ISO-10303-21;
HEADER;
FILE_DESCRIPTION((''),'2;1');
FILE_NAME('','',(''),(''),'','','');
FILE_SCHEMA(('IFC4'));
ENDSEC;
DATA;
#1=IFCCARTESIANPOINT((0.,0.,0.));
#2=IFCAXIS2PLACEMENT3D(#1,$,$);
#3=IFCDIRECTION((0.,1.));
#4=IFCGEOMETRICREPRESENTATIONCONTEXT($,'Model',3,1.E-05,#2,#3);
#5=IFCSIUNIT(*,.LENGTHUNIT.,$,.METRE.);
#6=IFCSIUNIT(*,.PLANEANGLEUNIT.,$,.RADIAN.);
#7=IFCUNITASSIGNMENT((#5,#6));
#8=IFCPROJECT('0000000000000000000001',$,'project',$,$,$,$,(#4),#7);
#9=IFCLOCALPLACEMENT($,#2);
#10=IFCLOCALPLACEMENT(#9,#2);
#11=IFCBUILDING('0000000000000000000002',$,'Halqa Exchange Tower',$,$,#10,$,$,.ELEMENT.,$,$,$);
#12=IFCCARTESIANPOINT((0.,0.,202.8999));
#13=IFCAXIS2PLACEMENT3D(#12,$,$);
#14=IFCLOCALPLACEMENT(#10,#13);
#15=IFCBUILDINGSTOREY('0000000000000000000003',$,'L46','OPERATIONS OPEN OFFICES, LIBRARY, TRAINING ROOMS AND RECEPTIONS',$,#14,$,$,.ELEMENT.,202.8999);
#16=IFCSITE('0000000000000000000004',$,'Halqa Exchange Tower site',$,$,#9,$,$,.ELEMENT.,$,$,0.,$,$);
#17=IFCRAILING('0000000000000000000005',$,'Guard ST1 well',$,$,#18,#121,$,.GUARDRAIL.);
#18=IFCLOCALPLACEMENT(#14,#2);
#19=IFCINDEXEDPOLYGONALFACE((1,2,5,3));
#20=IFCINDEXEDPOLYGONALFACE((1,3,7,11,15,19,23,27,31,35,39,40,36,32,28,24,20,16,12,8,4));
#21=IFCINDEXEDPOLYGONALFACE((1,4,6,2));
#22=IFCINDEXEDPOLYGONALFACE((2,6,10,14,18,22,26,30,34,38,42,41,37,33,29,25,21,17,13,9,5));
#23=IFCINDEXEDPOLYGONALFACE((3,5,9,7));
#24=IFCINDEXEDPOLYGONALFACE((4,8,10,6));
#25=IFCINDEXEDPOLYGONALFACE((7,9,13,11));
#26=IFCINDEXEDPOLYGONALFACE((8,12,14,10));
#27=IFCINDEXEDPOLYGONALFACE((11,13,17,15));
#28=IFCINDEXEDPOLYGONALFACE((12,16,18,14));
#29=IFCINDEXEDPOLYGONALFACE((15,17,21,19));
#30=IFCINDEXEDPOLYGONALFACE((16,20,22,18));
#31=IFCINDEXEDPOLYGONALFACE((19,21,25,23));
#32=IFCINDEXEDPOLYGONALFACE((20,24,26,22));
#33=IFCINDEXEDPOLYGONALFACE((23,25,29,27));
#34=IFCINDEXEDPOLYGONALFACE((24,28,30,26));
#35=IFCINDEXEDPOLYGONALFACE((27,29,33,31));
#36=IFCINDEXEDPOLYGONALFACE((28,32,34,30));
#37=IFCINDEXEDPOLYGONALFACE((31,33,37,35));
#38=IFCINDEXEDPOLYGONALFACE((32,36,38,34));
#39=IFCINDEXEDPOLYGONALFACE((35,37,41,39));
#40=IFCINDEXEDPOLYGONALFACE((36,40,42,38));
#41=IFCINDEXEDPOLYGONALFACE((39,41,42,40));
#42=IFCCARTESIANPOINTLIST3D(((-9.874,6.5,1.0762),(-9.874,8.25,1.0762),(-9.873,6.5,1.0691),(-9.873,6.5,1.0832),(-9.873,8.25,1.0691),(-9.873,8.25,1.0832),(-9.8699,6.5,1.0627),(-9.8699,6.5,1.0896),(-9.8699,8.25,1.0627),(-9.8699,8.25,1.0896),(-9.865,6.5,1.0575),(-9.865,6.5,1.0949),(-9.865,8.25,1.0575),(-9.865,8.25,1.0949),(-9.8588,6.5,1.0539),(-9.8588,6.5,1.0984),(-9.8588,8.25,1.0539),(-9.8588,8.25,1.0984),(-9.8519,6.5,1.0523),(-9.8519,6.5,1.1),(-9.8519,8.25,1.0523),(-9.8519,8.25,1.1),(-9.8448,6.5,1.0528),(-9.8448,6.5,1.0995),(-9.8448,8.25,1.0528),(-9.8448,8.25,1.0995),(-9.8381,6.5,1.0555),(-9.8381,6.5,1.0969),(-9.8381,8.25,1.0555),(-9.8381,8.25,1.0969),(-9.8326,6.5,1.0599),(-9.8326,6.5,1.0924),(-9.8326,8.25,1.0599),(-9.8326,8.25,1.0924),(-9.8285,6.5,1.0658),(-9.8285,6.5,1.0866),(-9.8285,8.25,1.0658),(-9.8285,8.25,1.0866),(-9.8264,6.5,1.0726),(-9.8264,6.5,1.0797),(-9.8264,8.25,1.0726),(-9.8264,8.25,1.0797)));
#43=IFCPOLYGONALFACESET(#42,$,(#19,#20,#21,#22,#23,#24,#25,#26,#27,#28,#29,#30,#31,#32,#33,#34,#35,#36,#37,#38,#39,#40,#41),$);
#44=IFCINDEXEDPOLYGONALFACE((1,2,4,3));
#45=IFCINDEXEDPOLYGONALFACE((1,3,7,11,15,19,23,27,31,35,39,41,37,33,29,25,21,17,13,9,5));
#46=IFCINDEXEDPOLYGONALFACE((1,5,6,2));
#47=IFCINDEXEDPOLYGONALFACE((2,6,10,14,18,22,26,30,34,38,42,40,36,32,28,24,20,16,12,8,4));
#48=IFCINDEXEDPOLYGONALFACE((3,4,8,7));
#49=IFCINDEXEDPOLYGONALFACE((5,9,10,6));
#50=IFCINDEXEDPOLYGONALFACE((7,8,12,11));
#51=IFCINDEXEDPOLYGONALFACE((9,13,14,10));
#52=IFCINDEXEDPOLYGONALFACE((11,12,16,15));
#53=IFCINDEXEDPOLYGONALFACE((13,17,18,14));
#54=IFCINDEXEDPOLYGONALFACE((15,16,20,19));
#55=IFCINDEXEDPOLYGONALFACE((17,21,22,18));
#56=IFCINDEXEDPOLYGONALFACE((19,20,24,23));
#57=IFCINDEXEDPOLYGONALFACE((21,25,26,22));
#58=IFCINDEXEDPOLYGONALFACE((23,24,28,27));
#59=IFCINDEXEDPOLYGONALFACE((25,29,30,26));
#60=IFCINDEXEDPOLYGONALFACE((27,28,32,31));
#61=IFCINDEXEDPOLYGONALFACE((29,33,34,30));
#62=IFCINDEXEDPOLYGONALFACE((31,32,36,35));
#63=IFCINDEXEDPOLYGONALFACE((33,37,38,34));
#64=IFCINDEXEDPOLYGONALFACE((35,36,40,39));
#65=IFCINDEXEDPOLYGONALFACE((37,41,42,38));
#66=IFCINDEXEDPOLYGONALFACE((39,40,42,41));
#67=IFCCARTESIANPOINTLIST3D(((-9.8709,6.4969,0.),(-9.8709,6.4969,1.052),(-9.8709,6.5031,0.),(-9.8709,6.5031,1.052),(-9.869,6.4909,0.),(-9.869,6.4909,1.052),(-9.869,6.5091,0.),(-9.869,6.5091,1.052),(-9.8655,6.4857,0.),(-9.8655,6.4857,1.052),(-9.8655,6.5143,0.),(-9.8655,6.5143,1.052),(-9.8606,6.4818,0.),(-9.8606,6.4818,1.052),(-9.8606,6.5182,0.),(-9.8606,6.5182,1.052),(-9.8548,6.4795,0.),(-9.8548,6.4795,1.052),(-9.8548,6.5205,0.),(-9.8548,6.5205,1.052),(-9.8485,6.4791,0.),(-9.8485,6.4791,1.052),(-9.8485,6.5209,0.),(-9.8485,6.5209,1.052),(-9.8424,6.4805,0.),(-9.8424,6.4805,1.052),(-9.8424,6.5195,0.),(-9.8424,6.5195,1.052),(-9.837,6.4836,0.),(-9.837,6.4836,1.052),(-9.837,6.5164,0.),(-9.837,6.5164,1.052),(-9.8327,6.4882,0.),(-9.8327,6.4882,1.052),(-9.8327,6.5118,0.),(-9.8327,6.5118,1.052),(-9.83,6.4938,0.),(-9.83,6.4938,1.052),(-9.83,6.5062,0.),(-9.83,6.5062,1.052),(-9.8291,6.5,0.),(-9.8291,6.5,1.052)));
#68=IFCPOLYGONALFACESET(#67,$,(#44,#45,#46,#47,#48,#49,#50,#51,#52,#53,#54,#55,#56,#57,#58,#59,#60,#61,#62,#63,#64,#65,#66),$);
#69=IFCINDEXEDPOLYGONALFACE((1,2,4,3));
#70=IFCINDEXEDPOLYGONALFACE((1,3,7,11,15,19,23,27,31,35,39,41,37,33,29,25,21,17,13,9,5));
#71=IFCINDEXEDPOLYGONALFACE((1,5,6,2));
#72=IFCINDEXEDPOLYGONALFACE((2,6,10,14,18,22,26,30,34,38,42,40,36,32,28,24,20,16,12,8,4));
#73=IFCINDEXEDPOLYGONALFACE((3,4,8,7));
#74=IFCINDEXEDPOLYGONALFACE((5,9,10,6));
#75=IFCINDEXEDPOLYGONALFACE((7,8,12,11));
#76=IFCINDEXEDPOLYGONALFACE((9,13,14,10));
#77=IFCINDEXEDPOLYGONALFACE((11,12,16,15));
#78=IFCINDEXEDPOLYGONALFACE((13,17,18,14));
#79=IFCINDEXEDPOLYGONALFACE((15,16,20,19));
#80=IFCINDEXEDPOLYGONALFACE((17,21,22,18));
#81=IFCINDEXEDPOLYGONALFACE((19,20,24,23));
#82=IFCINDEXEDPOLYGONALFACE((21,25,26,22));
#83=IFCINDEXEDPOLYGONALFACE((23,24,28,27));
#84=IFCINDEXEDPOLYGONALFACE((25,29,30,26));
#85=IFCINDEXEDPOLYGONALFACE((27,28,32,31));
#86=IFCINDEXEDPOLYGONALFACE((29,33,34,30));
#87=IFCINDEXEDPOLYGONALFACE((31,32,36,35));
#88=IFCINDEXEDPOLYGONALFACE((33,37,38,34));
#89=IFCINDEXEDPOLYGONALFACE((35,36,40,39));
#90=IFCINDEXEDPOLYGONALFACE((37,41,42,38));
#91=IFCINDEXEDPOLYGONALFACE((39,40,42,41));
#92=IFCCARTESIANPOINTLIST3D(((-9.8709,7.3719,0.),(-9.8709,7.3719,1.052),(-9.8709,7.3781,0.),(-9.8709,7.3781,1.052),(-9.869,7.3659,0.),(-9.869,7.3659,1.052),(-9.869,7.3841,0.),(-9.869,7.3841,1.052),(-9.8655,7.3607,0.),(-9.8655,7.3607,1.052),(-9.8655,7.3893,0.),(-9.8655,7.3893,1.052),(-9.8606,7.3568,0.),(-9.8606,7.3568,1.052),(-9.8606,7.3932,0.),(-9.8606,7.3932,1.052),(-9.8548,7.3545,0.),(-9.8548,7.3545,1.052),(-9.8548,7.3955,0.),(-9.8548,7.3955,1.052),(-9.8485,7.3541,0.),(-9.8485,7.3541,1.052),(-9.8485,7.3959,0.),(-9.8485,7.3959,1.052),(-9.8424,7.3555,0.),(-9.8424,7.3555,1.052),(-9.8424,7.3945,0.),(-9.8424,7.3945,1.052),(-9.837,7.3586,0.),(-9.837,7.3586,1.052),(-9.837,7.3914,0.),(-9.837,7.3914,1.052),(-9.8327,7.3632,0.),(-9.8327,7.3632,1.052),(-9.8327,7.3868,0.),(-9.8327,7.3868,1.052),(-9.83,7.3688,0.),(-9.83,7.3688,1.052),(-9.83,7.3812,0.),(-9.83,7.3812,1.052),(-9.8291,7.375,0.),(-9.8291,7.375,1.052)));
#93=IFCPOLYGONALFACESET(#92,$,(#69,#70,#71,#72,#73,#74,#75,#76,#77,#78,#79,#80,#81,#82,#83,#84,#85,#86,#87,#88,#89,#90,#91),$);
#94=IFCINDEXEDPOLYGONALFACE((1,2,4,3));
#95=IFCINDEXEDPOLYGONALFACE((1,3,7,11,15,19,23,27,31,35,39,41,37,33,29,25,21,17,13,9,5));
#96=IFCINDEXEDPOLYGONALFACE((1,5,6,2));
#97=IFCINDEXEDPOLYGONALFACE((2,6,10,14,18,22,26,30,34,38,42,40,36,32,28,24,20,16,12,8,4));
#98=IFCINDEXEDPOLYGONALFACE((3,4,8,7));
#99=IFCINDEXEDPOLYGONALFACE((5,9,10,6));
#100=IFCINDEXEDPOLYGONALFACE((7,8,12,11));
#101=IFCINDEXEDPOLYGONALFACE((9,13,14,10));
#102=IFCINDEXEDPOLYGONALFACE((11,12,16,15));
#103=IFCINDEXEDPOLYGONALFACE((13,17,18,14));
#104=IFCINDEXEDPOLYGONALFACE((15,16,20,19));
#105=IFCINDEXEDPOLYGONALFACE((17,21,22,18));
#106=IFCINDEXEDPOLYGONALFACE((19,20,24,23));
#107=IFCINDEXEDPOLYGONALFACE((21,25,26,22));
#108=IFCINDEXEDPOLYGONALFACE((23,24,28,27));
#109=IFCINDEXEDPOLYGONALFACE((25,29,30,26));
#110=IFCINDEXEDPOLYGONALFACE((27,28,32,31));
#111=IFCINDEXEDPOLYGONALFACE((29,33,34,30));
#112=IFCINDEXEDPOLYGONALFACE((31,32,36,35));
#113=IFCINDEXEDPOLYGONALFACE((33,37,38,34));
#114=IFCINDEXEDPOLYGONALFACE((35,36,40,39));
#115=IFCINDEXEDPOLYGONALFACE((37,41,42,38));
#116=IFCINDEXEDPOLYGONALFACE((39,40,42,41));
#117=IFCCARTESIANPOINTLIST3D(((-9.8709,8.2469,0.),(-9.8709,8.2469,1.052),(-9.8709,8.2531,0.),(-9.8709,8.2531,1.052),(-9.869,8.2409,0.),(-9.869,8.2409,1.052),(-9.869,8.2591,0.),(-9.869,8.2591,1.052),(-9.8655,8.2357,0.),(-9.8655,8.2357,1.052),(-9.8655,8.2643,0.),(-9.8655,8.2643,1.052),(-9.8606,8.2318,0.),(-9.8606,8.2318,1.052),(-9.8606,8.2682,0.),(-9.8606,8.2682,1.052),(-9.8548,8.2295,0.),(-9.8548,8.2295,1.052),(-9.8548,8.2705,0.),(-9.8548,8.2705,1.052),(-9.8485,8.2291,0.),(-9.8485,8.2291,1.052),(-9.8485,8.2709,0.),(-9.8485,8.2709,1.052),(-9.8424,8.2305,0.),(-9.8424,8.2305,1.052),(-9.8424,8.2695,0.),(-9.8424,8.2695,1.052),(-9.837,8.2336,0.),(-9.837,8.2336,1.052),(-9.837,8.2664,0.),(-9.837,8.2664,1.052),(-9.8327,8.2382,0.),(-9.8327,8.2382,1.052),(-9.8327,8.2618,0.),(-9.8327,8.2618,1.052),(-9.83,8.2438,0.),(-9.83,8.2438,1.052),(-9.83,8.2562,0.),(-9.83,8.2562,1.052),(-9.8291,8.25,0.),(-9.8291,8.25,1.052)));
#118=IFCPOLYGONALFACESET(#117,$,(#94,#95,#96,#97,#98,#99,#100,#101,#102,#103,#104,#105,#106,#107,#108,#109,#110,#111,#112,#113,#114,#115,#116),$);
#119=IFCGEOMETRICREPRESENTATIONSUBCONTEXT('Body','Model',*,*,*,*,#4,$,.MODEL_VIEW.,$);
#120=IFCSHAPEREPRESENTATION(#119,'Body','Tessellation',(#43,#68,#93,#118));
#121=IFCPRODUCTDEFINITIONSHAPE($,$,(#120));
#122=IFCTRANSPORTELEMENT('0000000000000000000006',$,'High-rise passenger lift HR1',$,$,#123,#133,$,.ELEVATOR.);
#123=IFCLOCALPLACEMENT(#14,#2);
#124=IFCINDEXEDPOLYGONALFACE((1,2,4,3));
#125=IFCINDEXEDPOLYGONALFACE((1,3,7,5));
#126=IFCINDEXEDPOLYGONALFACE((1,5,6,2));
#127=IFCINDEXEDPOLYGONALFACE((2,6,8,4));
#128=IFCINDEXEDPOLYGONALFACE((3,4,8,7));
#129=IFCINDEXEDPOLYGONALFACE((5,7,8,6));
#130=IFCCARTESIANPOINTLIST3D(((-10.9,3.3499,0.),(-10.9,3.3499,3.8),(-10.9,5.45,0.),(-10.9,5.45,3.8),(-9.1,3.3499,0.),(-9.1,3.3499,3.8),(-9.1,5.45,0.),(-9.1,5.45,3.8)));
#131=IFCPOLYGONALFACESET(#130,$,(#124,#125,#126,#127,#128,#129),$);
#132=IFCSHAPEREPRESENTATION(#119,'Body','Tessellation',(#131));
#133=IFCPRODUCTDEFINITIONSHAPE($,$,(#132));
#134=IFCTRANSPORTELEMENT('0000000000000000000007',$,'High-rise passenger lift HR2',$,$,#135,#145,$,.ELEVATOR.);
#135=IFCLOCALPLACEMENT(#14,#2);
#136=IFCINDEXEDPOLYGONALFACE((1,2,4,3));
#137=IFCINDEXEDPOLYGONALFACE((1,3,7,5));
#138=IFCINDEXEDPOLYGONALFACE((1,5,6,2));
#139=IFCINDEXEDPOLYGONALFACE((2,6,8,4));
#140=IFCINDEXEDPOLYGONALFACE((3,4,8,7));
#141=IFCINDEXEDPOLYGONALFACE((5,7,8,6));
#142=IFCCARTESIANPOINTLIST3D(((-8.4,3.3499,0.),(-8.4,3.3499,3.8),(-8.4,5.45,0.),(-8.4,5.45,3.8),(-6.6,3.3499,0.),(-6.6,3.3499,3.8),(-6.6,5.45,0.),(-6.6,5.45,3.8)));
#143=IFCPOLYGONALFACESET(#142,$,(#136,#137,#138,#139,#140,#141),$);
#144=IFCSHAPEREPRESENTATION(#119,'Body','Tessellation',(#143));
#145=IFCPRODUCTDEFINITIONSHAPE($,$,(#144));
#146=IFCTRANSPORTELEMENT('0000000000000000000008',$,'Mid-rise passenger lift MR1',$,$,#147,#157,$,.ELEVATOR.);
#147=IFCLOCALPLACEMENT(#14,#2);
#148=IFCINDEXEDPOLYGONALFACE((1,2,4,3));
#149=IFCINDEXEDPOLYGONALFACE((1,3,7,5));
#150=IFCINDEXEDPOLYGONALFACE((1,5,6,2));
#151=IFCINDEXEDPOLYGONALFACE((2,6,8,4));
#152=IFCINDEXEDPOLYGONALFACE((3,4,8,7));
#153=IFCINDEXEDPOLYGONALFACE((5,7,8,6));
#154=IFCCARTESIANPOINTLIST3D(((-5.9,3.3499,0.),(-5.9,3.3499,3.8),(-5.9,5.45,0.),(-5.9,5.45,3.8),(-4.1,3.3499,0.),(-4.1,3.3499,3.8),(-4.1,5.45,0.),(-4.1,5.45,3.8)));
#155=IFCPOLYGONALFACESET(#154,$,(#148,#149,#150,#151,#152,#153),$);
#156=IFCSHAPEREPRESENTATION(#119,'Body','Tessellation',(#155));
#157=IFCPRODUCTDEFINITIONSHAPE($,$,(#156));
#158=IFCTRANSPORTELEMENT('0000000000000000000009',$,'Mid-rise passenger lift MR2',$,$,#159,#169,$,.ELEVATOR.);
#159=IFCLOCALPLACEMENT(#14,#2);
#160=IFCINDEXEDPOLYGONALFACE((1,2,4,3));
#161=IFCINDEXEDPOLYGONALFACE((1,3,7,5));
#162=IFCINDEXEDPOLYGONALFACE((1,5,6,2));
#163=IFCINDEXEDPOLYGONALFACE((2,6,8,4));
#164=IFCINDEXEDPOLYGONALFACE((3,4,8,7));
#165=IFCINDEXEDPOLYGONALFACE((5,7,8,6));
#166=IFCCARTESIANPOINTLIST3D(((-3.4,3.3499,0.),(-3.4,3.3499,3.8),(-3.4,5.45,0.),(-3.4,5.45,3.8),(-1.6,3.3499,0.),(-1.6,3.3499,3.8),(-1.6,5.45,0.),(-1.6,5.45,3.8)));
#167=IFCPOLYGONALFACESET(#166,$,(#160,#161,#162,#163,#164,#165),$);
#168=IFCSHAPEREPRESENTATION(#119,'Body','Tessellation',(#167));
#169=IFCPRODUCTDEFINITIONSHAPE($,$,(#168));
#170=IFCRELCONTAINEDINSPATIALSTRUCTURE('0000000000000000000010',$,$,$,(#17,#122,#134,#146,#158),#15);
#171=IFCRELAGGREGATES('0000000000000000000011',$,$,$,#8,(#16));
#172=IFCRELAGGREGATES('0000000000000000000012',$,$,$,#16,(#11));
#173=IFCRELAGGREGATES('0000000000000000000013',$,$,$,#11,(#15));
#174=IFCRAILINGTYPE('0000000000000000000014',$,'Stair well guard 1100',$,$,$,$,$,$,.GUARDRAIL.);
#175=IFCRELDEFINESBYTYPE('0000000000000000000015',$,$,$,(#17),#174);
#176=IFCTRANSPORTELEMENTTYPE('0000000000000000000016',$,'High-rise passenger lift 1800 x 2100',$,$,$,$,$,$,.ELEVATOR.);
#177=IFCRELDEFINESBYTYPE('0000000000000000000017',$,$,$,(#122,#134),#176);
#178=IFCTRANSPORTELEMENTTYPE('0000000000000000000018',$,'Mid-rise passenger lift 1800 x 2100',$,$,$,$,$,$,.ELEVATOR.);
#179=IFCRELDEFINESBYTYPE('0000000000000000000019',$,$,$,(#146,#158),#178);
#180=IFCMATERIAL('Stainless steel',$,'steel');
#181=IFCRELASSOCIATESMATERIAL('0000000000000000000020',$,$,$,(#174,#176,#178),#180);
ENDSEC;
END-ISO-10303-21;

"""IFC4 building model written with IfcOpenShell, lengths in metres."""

from ifc_helpers import new_model, si_unit, direction, frame, origin, origin_2d, place, context, subcontext, project, spatial, rectangle, circle, extrude, material, type_object, element, save


model = new_model("IFC4")

# Units and contexts
model_context = context("Model", 3, precision=1e-05, world=origin(), true_north=direction((0.0, 1.0)))
body_context = subcontext(model_context, "Body", "Model", "MODEL_VIEW")
ifc_project = project(units=[si_unit("LENGTHUNIT", "METRE"), si_unit("PLANEANGLEUNIT", "RADIAN")], contexts=[model_context])

# Site, building, storey
site_placement = place(None, origin())
site = spatial("IfcSite", under=ifc_project, at=site_placement, Name="Halqa Exchange Tower site", CompositionType="ELEMENT", RefElevation=0.0)
building_placement = place(site_placement, origin())
building = spatial("IfcBuilding", under=site, at=building_placement, Name="Halqa Exchange Tower", CompositionType="ELEMENT")
storey_placement = place(building_placement, frame((0.0, 0.0, 202.8999)))
storey = spatial("IfcBuildingStorey", under=building, at=storey_placement, Name="L46", Description="OPERATIONS OPEN OFFICES, LIBRARY, TRAINING ROOMS AND RECEPTIONS", CompositionType="ELEMENT", Elevation=202.8999)

# Shared definitions
ifc_material_1 = material(Name="Stainless steel", Category="steel")

# Railing
railing_type_1 = type_object("IfcRailingType", Name="Stair well guard 1100", PredefinedType="GUARDRAIL", material=ifc_material_1)
railing_1_placement = place(storey_placement, frame((-9.8501, 6.5, 0.0)))
element("IfcRailing", 1, at=railing_1_placement, inside=storey, type_object=railing_type_1, Name="Guard ST1 well", PredefinedType="GUARDRAIL", context=body_context, shape_type="SweptSolid", body=[
    extrude(circle(Radius=0.0239, at=origin_2d()), frame((0.0, 0.0, 1.0762), z_axis=(0.0, 1.0, 0.0), x_axis=(-1.0, 0.0, 0.0)), (0.0, 0.0, 1.0), 1.75),
    extrude(circle(Radius=0.021, at=origin_2d()), origin(), (0.0, 0.0, 1.0), 1.052),
    extrude(circle(Radius=0.021, at=origin_2d()), frame((0.0, 0.875, 0.0)), (0.0, 0.0, 1.0), 1.052),
    extrude(circle(Radius=0.021, at=origin_2d()), frame((0.0, 1.75, 0.0)), (0.0, 0.0, 1.0), 1.052),
])

# Transport elements
transport_element_type_1 = type_object("IfcTransportElementType", Name="High-rise passenger lift 1800 x 2100", PredefinedType="ELEVATOR", material=ifc_material_1)
for number, where, z_axis, x_axis, name in (
    (2, (-10.0, 4.3999, 0.0), (0.0, 0.0, 1.0), (1.0, 0.0, 0.0), "High-rise passenger lift HR1"),
    (3, (-7.5, 4.3999, 0.0), (0.0, 0.0, 1.0), (1.0, 0.0, 0.0), "High-rise passenger lift HR2"),
):
    element("IfcTransportElement", number, at=place(storey_placement, frame(where, z_axis=z_axis, x_axis=x_axis)), inside=storey, type_object=transport_element_type_1, Name=name, PredefinedType="ELEVATOR", context=body_context, shape_type="SweptSolid", body=[
        extrude(rectangle(XDim=1.8, YDim=2.1001, at=origin_2d()), origin(), (0.0, 0.0, 1.0), 3.8),
    ])
transport_element_type_2 = type_object("IfcTransportElementType", Name="Mid-rise passenger lift 1800 x 2100", PredefinedType="ELEVATOR", material=ifc_material_1)
for number, where, z_axis, x_axis, name in (
    (4, (-5.0, 4.3999, 0.0), (0.0, 0.0, 1.0), (1.0, 0.0, 0.0), "Mid-rise passenger lift MR1"),
    (5, (-2.5, 4.3999, 0.0), (0.0, 0.0, 1.0), (1.0, 0.0, 0.0), "Mid-rise passenger lift MR2"),
):
    element("IfcTransportElement", number, at=place(storey_placement, frame(where, z_axis=z_axis, x_axis=x_axis)), inside=storey, type_object=transport_element_type_2, Name=name, PredefinedType="ELEVATOR", context=body_context, shape_type="SweptSolid", body=[
        extrude(rectangle(XDim=1.8, YDim=2.1001, at=origin_2d()), origin(), (0.0, 0.0, 1.0), 3.8),
    ])

save(model, "model.ifc")
